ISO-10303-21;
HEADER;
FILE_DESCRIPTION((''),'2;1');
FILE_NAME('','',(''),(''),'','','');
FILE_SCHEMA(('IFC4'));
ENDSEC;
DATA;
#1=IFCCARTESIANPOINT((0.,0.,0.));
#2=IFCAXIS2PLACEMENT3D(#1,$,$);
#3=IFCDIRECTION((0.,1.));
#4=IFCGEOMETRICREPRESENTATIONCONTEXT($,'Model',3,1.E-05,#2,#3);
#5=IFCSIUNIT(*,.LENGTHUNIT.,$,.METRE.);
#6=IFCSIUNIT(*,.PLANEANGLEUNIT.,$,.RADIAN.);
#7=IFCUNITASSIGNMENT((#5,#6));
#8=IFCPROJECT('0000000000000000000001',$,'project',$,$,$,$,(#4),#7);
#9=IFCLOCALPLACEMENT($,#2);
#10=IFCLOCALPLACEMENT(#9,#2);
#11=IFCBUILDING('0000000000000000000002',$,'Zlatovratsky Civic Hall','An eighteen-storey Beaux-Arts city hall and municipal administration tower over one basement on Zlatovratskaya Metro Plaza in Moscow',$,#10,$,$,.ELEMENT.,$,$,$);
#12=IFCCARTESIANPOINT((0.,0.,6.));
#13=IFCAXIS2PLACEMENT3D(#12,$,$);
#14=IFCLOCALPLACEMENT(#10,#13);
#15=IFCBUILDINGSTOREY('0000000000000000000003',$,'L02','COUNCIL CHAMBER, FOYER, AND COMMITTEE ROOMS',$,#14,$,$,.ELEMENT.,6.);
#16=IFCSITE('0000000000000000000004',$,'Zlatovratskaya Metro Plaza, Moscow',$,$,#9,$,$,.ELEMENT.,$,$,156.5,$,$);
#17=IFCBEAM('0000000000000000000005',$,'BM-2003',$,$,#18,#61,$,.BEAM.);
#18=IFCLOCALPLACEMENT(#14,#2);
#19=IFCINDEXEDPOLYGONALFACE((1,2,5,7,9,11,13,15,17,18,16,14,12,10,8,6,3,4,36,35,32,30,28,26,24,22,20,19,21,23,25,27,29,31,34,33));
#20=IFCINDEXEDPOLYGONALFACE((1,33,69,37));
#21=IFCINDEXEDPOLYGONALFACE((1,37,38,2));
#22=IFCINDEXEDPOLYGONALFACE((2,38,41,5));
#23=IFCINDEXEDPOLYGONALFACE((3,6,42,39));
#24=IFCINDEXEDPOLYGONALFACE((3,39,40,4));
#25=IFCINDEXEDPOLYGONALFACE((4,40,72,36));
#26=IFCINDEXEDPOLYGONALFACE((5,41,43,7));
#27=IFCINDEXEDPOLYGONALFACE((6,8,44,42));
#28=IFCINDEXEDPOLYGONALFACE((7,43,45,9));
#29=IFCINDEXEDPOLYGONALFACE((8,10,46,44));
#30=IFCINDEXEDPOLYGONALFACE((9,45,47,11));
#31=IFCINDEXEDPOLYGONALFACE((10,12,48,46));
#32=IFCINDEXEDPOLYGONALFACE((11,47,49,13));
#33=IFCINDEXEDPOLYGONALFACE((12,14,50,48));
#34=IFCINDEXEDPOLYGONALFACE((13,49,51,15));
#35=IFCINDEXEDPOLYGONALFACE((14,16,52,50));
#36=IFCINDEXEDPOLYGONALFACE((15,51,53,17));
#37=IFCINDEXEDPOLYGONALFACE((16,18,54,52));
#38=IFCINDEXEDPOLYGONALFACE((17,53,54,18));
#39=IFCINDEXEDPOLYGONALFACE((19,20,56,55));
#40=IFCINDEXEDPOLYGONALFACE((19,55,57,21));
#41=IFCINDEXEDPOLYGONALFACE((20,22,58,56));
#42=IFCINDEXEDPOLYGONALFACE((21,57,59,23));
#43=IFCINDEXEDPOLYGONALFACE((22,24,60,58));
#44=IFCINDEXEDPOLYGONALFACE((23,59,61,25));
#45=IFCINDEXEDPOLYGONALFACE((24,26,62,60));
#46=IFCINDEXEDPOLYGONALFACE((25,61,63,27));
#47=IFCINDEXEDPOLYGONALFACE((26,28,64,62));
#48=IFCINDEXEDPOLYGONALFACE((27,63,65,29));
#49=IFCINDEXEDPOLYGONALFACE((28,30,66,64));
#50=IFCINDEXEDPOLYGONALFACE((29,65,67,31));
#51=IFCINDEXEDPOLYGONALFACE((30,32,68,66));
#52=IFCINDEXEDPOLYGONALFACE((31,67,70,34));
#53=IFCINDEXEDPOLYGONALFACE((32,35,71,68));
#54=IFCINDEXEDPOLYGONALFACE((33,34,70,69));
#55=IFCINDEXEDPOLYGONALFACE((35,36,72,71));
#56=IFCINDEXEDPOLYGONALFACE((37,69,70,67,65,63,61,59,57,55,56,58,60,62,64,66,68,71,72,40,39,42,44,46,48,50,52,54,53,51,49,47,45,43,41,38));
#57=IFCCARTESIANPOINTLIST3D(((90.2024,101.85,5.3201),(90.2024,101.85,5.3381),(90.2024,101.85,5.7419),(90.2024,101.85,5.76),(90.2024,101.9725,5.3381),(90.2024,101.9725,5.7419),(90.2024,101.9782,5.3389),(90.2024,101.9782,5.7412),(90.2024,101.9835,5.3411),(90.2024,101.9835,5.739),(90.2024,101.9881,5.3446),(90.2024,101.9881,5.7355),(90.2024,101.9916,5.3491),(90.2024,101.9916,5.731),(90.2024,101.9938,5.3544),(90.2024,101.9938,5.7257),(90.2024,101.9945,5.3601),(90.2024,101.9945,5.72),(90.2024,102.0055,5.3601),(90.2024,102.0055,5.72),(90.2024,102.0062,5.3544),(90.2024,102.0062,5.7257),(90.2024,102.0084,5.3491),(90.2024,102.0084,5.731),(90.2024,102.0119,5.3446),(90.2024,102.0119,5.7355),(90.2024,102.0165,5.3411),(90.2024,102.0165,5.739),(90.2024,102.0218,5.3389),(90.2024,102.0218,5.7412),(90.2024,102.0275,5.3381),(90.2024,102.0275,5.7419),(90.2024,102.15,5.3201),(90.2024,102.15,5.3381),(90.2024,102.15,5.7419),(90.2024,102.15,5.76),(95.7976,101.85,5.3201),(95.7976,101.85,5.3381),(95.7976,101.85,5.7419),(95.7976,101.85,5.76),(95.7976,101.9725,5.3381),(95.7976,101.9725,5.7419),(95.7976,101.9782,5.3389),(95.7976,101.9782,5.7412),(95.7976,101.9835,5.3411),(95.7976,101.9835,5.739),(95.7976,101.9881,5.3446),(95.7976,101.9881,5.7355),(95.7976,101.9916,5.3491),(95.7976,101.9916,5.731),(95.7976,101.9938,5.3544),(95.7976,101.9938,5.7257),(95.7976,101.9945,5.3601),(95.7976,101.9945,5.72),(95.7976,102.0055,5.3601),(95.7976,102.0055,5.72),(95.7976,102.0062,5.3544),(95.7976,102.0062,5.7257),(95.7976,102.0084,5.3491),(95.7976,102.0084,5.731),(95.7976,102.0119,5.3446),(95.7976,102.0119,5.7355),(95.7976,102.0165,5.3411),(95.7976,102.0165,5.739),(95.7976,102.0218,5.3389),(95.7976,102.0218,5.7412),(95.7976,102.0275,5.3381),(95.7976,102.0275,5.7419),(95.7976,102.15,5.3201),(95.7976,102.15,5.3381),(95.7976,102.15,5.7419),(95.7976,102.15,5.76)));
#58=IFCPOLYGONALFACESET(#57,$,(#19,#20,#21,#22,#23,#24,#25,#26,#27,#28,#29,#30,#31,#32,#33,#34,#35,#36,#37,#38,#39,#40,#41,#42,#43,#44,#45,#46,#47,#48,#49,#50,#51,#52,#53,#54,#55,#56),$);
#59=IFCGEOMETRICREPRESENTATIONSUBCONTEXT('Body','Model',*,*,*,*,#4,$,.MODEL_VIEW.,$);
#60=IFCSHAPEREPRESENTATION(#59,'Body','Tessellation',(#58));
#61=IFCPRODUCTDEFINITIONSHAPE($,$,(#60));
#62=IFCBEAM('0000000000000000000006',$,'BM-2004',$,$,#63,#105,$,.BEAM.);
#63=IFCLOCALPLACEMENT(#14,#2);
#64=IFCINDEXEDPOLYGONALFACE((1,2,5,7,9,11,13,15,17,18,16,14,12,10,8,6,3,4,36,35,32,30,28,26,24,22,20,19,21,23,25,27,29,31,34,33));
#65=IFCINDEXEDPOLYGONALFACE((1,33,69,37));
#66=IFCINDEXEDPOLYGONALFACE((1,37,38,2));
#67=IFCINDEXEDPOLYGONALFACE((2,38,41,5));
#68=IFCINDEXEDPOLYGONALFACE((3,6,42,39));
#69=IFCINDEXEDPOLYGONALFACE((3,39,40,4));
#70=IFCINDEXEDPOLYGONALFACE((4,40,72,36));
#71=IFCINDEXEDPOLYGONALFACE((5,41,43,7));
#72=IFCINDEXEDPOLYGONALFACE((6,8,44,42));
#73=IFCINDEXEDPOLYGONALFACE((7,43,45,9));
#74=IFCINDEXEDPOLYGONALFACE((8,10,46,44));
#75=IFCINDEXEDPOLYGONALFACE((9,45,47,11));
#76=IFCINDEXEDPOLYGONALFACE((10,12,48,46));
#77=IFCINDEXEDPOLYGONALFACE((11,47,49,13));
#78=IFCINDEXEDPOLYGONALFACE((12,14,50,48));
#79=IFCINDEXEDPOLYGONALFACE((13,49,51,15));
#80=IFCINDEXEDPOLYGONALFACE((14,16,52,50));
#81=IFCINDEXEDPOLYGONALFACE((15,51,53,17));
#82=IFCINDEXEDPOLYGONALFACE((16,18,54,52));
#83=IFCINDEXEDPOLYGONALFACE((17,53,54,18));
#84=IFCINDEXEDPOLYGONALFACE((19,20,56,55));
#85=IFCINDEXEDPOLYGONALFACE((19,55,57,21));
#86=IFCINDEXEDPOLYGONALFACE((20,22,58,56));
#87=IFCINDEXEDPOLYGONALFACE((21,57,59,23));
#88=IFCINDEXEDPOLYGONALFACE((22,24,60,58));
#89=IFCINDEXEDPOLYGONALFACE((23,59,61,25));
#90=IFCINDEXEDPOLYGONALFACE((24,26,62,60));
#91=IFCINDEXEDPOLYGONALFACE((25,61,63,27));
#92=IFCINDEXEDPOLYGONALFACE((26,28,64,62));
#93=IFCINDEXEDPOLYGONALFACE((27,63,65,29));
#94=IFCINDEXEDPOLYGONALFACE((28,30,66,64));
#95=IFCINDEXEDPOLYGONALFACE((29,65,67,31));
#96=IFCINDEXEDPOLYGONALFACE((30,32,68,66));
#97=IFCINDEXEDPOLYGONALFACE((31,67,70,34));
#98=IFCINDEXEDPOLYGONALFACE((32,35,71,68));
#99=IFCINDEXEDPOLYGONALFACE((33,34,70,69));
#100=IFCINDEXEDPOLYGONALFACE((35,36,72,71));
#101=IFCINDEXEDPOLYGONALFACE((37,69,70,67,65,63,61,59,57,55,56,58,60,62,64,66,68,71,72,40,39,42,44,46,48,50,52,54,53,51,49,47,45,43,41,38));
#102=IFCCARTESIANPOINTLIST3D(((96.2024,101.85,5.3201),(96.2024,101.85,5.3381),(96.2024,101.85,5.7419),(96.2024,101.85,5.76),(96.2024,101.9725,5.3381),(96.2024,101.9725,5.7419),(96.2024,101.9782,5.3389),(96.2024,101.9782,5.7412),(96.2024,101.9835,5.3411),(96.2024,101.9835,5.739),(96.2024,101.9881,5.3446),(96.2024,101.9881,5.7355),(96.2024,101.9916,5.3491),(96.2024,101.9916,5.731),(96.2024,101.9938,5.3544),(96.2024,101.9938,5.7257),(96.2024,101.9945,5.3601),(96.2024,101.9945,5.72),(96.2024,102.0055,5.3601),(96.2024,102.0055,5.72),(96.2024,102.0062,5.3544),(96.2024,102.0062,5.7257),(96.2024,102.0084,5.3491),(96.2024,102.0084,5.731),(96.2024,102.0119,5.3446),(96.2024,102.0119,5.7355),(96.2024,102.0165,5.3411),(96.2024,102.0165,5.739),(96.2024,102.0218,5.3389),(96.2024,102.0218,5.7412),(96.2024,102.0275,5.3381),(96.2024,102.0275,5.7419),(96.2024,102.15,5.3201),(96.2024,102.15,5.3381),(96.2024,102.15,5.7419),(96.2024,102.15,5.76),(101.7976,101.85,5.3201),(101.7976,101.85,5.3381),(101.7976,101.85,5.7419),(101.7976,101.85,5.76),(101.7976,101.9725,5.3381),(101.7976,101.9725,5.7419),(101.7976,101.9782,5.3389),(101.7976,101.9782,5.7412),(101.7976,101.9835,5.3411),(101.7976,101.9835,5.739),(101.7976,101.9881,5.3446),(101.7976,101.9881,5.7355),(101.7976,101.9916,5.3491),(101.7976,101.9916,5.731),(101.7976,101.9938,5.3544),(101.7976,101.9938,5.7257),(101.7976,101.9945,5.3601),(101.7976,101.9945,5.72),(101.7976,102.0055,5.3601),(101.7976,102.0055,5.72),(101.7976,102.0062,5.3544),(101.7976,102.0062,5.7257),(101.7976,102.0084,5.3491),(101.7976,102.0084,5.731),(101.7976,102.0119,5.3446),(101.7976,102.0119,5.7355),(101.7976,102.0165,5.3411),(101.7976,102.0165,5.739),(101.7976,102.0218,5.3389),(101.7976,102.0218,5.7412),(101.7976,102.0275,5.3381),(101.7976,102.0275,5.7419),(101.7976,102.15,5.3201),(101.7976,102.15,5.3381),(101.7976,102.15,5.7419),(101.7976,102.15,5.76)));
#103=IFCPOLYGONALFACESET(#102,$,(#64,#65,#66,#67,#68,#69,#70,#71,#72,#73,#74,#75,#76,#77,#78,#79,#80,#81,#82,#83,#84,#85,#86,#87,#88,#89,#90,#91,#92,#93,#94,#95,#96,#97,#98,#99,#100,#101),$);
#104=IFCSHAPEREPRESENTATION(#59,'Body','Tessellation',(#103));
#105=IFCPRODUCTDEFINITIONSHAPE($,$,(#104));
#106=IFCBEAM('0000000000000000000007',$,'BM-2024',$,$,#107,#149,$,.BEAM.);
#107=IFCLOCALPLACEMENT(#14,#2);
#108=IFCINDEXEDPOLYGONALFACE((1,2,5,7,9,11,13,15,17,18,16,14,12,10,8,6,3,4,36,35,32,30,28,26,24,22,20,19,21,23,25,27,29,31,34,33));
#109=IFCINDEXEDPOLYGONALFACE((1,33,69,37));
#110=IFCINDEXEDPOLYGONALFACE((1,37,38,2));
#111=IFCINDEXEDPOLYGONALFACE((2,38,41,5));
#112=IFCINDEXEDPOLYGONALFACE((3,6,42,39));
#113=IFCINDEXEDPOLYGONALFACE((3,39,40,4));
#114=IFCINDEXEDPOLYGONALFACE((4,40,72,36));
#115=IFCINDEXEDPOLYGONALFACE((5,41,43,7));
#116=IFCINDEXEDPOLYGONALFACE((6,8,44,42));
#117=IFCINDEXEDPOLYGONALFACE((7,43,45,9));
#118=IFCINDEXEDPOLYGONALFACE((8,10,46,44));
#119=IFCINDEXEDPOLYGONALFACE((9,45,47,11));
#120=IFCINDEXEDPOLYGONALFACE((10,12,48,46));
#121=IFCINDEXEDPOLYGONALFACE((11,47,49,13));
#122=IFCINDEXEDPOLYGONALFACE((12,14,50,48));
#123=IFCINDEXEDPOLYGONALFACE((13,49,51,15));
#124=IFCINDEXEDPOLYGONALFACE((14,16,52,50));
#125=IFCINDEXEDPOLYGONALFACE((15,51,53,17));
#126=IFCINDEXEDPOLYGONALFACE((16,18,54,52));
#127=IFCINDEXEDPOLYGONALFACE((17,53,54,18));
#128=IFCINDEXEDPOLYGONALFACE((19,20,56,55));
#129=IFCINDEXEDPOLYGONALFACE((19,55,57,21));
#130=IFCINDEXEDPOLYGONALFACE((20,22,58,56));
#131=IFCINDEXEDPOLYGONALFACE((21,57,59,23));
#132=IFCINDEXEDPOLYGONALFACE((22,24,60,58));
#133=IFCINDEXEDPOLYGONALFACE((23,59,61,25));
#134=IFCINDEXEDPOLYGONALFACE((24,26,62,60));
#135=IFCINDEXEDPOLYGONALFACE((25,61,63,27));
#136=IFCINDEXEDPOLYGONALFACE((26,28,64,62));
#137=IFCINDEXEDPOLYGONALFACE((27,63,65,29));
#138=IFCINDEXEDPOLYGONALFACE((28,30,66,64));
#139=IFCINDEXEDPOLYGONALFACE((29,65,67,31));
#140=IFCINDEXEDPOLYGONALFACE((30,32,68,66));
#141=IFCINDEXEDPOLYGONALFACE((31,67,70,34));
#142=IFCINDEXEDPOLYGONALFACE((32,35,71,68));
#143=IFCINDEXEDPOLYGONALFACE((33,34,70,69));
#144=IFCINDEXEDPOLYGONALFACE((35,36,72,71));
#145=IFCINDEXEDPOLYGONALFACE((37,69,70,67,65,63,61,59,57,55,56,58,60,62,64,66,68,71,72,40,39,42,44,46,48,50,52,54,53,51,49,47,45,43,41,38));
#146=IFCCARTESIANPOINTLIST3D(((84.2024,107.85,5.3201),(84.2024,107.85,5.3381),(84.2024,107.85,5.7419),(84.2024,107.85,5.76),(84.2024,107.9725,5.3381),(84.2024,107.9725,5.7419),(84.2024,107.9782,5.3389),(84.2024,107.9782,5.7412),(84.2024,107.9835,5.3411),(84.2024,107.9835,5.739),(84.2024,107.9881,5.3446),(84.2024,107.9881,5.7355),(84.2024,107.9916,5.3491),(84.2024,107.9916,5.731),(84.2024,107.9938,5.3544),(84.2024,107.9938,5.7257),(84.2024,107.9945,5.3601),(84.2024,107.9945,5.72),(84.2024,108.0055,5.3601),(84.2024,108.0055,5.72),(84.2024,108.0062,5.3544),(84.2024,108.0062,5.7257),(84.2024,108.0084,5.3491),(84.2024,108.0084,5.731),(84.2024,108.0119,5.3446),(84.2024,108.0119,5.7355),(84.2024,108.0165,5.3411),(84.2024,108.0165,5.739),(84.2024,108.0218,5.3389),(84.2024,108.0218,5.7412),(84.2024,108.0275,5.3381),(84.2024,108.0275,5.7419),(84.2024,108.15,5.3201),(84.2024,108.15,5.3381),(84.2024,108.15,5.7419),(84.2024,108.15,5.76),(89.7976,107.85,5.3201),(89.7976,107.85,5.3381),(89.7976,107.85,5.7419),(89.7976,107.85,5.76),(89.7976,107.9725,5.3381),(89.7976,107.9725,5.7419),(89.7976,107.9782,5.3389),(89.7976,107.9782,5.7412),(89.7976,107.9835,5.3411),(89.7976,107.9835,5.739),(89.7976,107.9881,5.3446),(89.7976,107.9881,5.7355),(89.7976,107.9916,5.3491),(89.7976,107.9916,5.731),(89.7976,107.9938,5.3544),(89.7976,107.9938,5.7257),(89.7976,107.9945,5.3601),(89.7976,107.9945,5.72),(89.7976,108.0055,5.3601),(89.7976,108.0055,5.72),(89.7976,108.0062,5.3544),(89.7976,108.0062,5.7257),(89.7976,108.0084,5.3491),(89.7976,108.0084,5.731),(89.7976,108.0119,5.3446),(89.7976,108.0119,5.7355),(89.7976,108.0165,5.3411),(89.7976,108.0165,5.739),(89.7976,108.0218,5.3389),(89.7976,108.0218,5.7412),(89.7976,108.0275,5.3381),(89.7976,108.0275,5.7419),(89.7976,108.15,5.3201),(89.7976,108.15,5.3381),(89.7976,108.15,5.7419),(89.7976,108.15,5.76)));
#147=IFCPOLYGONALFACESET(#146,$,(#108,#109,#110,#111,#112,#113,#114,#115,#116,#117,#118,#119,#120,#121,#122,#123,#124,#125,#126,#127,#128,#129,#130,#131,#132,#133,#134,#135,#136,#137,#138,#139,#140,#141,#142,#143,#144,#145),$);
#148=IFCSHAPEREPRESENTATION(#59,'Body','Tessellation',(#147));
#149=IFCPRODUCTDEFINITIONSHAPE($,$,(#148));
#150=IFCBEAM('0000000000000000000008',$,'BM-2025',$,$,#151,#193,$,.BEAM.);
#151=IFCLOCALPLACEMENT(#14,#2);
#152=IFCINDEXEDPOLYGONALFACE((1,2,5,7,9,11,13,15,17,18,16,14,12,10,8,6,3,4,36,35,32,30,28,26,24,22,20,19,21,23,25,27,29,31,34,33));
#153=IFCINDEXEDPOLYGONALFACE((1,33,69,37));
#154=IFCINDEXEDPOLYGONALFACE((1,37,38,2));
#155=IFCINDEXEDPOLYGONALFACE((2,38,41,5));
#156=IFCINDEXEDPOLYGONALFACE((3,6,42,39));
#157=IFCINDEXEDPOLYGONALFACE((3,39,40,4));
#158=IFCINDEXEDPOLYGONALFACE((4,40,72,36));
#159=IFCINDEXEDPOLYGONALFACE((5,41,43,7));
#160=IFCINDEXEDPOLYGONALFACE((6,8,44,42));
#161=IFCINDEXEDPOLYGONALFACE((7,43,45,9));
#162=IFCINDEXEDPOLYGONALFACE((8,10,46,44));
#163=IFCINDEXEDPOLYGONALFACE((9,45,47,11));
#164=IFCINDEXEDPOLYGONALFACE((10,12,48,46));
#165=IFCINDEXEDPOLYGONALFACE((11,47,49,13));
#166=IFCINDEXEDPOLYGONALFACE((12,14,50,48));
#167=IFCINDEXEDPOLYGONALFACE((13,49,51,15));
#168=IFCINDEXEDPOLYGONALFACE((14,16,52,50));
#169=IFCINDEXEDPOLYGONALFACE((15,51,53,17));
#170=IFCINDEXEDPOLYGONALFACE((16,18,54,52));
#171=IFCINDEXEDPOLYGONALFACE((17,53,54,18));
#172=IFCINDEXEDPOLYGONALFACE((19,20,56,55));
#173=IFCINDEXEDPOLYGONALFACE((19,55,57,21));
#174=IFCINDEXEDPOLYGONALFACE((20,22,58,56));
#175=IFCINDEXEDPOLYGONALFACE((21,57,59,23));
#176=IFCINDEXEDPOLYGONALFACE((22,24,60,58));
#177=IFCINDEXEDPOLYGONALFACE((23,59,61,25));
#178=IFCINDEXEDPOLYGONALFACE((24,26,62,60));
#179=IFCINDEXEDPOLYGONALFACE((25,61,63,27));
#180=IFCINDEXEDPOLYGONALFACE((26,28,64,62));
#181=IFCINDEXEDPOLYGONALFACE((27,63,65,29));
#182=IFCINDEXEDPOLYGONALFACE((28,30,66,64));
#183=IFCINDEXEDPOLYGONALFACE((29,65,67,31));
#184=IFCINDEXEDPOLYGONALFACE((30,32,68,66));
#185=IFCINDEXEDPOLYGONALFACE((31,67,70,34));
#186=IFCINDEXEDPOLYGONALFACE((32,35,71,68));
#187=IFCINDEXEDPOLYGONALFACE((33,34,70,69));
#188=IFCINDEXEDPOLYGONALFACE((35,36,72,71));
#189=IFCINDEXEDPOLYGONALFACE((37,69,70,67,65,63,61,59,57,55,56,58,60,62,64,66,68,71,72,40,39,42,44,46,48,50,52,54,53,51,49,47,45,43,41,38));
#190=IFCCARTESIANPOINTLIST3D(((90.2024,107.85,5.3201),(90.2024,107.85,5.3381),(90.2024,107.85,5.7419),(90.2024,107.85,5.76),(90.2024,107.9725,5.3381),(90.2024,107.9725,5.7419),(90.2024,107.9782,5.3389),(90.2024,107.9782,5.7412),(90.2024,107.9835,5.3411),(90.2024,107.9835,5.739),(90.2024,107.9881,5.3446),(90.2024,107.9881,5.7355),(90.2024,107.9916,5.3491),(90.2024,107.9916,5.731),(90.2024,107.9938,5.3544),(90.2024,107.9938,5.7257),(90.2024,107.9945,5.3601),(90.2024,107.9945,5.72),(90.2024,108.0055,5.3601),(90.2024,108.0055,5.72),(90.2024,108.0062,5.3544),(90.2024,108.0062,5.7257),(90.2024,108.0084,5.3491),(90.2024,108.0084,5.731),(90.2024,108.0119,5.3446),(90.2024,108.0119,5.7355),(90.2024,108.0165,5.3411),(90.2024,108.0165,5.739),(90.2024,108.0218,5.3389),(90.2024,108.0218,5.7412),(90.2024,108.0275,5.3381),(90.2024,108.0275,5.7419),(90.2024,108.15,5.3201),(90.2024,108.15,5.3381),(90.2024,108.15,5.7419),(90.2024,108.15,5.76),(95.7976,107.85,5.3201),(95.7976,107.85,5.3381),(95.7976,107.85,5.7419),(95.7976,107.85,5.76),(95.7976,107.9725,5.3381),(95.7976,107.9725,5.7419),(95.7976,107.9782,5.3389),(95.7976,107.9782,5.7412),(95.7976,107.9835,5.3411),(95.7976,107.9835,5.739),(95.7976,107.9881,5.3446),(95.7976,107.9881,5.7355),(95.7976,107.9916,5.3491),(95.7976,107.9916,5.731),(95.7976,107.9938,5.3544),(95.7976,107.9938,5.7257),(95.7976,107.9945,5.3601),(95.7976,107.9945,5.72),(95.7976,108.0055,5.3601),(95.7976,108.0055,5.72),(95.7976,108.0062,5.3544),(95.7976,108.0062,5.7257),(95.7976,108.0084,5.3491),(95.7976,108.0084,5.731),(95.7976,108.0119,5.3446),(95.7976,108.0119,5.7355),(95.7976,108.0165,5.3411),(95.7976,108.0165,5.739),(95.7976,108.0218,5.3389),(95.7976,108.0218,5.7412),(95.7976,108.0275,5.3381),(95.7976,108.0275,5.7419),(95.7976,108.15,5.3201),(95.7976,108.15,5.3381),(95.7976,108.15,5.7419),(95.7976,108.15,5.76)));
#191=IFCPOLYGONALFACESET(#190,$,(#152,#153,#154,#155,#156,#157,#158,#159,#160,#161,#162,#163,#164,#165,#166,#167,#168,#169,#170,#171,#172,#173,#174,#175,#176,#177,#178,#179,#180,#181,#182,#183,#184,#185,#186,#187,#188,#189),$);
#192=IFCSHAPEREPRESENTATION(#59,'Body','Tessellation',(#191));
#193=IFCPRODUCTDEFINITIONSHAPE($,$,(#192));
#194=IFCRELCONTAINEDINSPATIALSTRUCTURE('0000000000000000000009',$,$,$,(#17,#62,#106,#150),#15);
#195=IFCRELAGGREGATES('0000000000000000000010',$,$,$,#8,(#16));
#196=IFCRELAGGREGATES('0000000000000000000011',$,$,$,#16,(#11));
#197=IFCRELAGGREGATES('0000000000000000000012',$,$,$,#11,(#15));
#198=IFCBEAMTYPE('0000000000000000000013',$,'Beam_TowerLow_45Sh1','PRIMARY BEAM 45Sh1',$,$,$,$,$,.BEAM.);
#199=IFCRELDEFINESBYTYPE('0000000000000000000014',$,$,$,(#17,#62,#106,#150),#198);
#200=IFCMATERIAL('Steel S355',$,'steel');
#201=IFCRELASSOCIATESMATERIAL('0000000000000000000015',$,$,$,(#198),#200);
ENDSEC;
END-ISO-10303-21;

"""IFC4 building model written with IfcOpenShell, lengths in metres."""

from ifc_helpers import new_model, si_unit, direction, frame, origin, origin_2d, place, context, subcontext, project, spatial, i_section, extrude, material, material_profile, profile_set, type_object, element, save


model = new_model("IFC4")

# Units and contexts
model_context = context("Model", 3, precision=1e-05, world=origin(), true_north=direction((0.0, 1.0)))
body_context = subcontext(model_context, "Body", "Model", "MODEL_VIEW")
ifc_project = project(units=[si_unit("LENGTHUNIT", "METRE"), si_unit("PLANEANGLEUNIT", "RADIAN")], contexts=[model_context])

# Site, building, storey
site_placement = place(None, origin())
site = spatial("IfcSite", under=ifc_project, at=site_placement, Name="Zlatovratskaya Metro Plaza, Moscow", CompositionType="ELEMENT", RefElevation=156.5)
building_placement = place(site_placement, origin())
building = spatial("IfcBuilding", under=site, at=building_placement, Name="Zlatovratsky Civic Hall", Description="An eighteen-storey Beaux-Arts city hall and municipal administration tower over one basement on Zlatovratskaya Metro Plaza in Moscow", CompositionType="ELEMENT")
storey_placement = place(building_placement, frame((0.0, 0.0, 6.0)))
storey = spatial("IfcBuildingStorey", under=building, at=storey_placement, Name="L02", Description="COUNCIL CHAMBER, FOYER, AND COMMITTEE ROOMS", CompositionType="ELEMENT", Elevation=6.0)

# Shared definitions
ifc_material_1 = material(Name="Steel S355", Category="steel")

# Beams
ifc_material_profile_1 = material_profile(ifc_material_1, i_section(OverallWidth=0.3, OverallDepth=0.4399, WebThickness=0.011, FlangeThickness=0.0181, FilletRadius=0.022, at=origin_2d()), Name="45Sh1")
ifc_profile_set_1 = profile_set([ifc_material_profile_1], Name="Steel S355")
beam_type_1 = type_object("IfcBeamType", Name="Beam_TowerLow_45Sh1", Description="PRIMARY BEAM 45Sh1", PredefinedType="BEAM", material=ifc_profile_set_1)
for number, where, z_axis, x_axis, name in (
    (1, (90.2024, 102.0, 5.54), (1.0, 0.0, 0.0), (0.0, 1.0, 0.0), "BM-2003"),
    (2, (96.2024, 102.0, 5.54), (1.0, 0.0, 0.0), (0.0, 1.0, 0.0), "BM-2004"),
    (3, (84.2024, 108.0, 5.54), (1.0, 0.0, 0.0), (0.0, 1.0, 0.0), "BM-2024"),
    (4, (90.2024, 108.0, 5.54), (1.0, 0.0, 0.0), (0.0, 1.0, 0.0), "BM-2025"),
):
    element("IfcBeam", number, at=place(storey_placement, frame(where, z_axis=z_axis, x_axis=x_axis)), inside=storey, type_object=beam_type_1, Name=name, PredefinedType="BEAM", context=body_context, shape_type="SweptSolid", body=[
        extrude(i_section(OverallWidth=0.3, OverallDepth=0.4399, WebThickness=0.011, FlangeThickness=0.0181, FilletRadius=0.022, at=origin_2d()), origin(), (0.0, 0.0, 1.0), 5.5952),
    ])

save(model, "model.ifc")
